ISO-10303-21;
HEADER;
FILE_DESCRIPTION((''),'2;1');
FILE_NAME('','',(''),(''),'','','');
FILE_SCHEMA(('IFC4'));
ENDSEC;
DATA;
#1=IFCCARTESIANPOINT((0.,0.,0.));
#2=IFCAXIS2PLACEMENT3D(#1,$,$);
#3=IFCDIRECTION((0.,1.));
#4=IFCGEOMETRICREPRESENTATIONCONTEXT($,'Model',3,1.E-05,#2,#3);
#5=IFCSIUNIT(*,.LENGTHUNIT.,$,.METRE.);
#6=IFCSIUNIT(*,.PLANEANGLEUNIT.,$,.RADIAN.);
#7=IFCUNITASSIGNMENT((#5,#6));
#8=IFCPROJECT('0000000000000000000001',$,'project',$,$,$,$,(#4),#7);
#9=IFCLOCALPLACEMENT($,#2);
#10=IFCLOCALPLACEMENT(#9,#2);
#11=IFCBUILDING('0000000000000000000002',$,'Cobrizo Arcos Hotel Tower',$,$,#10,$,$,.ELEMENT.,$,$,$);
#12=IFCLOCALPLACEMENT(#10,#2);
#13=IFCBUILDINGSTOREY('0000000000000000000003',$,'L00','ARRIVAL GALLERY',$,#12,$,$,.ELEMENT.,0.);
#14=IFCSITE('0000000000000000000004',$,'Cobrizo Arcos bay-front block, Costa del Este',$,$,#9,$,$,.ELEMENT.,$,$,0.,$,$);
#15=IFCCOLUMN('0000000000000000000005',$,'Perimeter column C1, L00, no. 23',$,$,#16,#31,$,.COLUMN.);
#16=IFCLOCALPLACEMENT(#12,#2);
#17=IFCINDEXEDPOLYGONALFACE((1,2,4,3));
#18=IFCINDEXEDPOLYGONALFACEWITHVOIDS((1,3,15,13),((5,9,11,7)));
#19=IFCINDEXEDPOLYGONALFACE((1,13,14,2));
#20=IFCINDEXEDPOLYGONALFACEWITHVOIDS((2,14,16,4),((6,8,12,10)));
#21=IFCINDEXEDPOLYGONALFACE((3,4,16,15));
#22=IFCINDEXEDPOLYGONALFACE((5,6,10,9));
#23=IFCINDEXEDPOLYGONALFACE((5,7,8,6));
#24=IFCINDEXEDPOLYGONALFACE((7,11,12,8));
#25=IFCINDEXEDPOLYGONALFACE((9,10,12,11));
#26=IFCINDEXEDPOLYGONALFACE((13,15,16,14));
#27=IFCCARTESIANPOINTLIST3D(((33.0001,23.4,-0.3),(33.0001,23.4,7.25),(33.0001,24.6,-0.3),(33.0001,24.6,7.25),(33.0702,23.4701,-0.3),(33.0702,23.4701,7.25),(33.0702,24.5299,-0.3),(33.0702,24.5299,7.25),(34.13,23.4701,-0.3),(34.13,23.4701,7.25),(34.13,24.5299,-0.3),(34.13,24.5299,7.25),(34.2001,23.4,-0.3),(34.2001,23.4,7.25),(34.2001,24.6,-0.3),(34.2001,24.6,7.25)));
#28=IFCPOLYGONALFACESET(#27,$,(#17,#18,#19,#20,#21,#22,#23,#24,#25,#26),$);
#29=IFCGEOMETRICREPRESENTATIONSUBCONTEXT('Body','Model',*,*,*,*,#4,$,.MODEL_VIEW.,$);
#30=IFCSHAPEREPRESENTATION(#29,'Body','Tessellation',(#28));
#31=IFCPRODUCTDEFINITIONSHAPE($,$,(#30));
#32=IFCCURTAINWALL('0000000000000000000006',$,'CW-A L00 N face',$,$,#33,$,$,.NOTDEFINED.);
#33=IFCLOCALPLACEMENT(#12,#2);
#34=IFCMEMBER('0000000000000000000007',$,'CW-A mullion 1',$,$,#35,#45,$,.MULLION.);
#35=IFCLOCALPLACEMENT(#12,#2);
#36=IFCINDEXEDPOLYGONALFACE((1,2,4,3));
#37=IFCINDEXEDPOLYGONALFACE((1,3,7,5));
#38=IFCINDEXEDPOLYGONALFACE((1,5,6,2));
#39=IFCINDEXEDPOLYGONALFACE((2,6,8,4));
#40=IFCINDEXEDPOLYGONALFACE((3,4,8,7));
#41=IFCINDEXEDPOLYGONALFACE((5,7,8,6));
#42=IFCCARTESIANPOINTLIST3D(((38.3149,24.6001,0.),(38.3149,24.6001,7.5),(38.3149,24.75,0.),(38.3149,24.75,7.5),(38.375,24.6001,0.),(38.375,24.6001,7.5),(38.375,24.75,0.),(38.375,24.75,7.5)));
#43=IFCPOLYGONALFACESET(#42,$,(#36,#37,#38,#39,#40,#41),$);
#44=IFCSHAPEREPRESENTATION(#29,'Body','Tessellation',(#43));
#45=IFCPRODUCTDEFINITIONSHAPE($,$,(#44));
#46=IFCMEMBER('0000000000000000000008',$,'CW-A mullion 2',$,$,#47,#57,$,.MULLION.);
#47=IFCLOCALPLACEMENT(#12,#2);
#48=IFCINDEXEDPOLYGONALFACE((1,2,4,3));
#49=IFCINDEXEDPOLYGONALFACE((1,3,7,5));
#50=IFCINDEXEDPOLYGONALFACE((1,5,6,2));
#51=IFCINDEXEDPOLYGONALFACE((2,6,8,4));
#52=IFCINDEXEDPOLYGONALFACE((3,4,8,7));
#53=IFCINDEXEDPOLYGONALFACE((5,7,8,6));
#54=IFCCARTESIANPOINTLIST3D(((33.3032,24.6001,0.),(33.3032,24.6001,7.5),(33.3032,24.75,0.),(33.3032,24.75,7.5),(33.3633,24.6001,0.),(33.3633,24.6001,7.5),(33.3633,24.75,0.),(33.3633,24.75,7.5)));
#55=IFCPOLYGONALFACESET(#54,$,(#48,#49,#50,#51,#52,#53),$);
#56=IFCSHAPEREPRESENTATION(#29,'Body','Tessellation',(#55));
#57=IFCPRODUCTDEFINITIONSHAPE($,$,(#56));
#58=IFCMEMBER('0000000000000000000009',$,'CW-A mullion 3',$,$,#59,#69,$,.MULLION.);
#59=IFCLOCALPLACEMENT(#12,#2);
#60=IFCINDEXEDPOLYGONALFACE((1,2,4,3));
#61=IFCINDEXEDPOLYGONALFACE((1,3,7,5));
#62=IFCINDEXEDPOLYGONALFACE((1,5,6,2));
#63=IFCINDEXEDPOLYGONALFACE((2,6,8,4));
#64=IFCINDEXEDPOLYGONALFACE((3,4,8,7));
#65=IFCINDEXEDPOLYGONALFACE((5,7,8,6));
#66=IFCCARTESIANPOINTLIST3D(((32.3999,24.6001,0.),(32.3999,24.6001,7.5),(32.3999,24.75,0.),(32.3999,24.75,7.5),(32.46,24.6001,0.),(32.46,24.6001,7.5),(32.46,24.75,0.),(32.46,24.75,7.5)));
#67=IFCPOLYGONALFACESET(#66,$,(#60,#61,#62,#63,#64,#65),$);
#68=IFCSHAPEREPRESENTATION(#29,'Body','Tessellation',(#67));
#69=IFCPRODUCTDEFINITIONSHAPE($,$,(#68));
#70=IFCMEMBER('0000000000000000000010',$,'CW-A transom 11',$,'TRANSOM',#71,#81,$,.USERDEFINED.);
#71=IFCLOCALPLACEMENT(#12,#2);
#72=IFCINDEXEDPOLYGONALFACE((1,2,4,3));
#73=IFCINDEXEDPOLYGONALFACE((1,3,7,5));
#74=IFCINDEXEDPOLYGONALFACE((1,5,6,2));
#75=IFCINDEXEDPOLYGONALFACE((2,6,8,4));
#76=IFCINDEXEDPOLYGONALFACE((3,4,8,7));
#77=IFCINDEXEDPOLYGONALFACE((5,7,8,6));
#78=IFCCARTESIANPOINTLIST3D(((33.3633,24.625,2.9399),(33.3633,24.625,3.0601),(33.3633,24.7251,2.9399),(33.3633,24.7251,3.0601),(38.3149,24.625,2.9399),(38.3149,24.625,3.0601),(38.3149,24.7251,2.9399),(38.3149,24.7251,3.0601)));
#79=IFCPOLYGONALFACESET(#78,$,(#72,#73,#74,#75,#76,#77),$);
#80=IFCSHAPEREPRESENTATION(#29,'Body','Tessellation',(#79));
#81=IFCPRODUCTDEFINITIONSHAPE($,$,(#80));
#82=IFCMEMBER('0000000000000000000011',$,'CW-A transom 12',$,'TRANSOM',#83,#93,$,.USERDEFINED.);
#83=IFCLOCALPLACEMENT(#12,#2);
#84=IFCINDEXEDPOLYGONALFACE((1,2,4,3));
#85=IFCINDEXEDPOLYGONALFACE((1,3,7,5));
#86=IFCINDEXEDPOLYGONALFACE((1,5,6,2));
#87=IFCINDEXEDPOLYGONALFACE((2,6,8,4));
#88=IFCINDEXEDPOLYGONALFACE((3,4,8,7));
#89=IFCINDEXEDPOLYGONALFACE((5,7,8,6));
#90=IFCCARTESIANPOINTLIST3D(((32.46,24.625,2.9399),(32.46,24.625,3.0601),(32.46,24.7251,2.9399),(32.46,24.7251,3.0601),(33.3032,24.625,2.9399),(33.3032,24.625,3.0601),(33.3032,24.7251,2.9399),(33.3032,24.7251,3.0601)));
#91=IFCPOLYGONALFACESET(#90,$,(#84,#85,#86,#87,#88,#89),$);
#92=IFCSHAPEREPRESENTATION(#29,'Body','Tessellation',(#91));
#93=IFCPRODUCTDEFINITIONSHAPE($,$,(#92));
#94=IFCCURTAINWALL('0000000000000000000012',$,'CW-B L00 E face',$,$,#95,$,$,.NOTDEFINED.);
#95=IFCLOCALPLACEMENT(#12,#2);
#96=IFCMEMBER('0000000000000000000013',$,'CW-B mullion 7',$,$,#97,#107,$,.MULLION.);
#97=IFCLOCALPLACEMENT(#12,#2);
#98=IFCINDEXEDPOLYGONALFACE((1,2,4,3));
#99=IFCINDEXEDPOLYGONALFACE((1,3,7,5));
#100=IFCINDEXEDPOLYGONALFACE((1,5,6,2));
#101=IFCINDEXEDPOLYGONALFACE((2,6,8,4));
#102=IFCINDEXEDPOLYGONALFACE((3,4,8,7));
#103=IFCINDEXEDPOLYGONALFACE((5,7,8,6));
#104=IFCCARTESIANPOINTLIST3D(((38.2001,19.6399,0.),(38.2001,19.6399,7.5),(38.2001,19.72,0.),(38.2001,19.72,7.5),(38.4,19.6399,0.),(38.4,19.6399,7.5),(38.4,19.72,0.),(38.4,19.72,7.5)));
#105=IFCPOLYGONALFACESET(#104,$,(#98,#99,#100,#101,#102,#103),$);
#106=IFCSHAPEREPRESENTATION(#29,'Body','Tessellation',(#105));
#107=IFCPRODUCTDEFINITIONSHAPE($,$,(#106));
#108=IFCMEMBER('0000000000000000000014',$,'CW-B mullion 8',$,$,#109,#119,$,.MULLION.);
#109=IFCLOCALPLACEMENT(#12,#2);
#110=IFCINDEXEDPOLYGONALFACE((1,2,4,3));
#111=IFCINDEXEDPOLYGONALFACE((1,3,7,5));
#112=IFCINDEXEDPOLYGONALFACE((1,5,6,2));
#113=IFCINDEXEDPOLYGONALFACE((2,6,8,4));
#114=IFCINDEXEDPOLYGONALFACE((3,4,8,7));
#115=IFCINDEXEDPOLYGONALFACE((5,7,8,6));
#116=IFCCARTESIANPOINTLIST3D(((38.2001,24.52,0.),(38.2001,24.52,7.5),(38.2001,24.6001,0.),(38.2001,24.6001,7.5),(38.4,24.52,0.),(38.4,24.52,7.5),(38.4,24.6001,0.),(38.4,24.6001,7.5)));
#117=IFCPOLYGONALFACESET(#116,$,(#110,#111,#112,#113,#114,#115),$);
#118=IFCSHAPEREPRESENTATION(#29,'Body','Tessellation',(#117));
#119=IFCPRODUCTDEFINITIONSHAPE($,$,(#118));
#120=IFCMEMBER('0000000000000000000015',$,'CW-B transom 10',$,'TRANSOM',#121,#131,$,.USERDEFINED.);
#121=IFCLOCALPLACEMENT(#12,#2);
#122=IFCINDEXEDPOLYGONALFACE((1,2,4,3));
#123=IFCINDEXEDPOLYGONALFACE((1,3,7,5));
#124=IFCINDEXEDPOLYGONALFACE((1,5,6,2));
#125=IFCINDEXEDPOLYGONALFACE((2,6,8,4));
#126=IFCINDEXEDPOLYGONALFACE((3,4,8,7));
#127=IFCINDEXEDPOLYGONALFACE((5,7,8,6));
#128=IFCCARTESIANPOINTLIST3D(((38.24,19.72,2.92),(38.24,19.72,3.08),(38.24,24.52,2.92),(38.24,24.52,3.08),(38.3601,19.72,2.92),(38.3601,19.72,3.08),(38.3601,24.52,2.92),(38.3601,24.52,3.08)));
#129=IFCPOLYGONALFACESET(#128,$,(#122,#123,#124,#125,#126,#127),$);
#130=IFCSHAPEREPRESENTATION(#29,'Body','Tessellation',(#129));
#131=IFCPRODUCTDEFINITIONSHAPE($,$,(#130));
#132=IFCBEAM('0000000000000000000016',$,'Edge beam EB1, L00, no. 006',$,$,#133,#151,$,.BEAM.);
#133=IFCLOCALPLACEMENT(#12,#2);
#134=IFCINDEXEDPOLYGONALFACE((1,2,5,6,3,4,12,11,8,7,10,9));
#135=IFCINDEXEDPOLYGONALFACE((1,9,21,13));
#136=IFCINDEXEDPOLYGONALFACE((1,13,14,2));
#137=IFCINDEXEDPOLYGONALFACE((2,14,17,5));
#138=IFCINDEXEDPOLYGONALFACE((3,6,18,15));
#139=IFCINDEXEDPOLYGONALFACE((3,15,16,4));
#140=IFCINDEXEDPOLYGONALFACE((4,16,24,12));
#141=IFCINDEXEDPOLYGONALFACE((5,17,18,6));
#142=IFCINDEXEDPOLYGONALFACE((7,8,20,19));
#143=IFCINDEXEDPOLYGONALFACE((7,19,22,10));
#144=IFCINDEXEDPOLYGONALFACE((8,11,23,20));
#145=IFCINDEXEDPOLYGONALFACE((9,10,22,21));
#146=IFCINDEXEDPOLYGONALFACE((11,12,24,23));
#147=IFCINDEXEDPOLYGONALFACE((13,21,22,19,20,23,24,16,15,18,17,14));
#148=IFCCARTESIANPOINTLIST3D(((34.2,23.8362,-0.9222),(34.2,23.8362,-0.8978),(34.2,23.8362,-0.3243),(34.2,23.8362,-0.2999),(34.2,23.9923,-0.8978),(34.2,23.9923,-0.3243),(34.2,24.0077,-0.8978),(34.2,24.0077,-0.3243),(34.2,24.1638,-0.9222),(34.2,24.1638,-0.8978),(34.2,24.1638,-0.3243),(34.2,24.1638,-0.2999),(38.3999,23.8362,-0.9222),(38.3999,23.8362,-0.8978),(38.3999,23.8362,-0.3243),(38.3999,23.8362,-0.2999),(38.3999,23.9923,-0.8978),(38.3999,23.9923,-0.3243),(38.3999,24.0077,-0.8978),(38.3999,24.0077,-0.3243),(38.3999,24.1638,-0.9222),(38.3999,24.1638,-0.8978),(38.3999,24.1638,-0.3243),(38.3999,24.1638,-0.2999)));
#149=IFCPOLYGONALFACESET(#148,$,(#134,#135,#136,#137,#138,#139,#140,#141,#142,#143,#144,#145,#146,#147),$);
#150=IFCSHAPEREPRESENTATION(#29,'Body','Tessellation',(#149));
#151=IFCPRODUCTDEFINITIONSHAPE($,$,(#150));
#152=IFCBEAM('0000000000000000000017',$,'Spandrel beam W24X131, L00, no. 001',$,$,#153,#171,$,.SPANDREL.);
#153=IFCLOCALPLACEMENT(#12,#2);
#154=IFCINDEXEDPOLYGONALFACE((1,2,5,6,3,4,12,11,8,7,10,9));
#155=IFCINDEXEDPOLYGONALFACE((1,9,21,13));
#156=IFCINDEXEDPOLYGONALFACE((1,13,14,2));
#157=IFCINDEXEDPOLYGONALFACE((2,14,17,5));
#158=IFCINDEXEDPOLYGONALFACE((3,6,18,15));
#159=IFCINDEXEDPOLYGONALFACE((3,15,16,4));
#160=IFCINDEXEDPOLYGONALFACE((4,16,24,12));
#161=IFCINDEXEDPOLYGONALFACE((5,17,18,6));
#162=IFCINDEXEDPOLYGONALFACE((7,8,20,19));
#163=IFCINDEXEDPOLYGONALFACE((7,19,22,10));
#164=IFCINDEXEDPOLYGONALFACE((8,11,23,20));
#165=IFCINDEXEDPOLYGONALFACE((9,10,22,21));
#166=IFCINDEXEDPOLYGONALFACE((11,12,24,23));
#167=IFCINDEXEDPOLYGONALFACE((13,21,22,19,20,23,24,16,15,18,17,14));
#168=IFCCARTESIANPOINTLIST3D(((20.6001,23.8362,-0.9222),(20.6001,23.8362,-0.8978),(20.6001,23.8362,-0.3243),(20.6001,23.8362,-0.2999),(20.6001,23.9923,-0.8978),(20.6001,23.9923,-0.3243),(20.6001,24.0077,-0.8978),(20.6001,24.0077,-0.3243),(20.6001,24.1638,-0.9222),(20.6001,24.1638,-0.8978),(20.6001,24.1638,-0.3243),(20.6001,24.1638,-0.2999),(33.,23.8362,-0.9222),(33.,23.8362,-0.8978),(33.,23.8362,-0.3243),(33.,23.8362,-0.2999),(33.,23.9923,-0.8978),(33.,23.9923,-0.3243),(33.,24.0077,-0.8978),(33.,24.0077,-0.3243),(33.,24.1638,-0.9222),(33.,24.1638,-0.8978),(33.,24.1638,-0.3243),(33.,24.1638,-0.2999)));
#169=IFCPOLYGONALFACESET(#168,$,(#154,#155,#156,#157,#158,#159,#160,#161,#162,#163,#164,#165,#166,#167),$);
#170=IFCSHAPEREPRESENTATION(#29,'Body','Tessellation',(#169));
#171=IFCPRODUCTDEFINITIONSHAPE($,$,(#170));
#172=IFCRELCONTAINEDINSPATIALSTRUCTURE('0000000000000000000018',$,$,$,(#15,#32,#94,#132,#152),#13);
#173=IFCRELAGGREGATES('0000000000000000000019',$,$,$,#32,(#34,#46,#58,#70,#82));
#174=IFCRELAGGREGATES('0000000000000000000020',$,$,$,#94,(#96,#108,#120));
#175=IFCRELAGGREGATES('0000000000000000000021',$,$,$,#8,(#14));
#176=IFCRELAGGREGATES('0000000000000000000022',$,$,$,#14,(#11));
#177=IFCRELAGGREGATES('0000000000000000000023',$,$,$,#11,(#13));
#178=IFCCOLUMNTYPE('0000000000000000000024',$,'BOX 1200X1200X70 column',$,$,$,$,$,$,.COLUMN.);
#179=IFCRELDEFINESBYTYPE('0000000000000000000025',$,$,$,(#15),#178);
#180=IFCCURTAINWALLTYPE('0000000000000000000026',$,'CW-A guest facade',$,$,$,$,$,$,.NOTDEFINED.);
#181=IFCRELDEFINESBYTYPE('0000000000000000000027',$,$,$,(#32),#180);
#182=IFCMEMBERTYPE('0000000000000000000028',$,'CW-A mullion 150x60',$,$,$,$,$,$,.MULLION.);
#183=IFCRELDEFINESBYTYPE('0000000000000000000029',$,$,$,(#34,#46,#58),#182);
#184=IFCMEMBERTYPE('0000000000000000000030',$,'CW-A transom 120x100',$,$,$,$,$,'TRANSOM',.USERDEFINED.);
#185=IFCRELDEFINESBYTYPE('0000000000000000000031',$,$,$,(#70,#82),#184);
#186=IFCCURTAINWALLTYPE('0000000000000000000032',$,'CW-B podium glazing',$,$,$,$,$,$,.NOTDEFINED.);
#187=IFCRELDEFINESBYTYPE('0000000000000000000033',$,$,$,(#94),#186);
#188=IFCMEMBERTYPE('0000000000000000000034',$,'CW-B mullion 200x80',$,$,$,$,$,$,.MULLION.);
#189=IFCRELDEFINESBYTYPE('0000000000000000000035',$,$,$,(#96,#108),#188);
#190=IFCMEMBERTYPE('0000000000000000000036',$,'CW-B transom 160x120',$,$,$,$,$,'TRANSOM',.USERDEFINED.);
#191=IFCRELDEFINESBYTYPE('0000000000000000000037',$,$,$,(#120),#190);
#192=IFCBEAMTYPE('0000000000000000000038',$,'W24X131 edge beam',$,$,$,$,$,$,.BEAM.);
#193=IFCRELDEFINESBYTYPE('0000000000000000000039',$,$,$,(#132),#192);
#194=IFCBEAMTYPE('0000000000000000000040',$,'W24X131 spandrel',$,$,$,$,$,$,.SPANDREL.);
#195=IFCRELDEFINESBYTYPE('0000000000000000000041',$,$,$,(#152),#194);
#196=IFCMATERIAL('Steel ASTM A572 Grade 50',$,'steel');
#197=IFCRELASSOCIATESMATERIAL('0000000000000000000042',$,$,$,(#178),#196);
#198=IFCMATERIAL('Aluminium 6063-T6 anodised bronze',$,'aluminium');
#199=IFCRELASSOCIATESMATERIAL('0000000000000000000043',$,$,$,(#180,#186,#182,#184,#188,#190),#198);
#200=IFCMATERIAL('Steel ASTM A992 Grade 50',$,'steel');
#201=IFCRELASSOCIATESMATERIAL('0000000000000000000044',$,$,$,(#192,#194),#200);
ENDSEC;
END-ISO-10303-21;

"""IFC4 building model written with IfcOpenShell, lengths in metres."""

from ifc_helpers import new_model, si_unit, direction, frame, origin, origin_2d, place, context, subcontext, project, spatial, rectangle, hollow_rectangle, i_section, extrude, material, material_profile, profile_set, type_object, element, aggregate, save


model = new_model("IFC4")

# Units and contexts
model_context = context("Model", 3, precision=1e-05, world=origin(), true_north=direction((0.0, 1.0)))
body_context = subcontext(model_context, "Body", "Model", "MODEL_VIEW")
ifc_project = project(units=[si_unit("LENGTHUNIT", "METRE"), si_unit("PLANEANGLEUNIT", "RADIAN")], contexts=[model_context])

# Site, building, storey
site_placement = place(None, origin())
site = spatial("IfcSite", under=ifc_project, at=site_placement, Name="Cobrizo Arcos bay-front block, Costa del Este", CompositionType="ELEMENT", RefElevation=0.0)
building_placement = place(site_placement, origin())
building = spatial("IfcBuilding", under=site, at=building_placement, Name="Cobrizo Arcos Hotel Tower", CompositionType="ELEMENT")
storey_placement = place(building_placement, origin())
storey = spatial("IfcBuildingStorey", under=building, at=storey_placement, Name="L00", Description="ARRIVAL GALLERY", CompositionType="ELEMENT", Elevation=0.0)

# Column
ifc_material_1 = material(Name="Steel ASTM A572 Grade 50", Category="steel")
ifc_material_profile_1 = material_profile(ifc_material_1, hollow_rectangle(XDim=1.2, YDim=1.2, WallThickness=0.0701, at=origin_2d()), Name="BOX 1200X1200X70")
ifc_profile_set_1 = profile_set([ifc_material_profile_1], Name="Steel ASTM A572 Grade 50")
column_type = type_object("IfcColumnType", Name="BOX 1200X1200X70 column", PredefinedType="COLUMN", material=ifc_profile_set_1)
column_placement = place(storey_placement, frame((33.6001, 24.0, -0.3), z_axis=(0.0, 0.0, 1.0), x_axis=(1.0, 0.0, 0.0)))
element("IfcColumn", 1, at=column_placement, inside=storey, type_object=column_type, Name="Perimeter column C1, L00, no. 23", PredefinedType="COLUMN", context=body_context, shape_type="SweptSolid", body=[
    extrude(hollow_rectangle(XDim=1.2, YDim=1.2, WallThickness=0.0701, at=origin_2d()), origin(), (0.0, 0.0, 1.0), 7.55),
])

# Curtain walls, members
ifc_material_2 = material(Name="Aluminium 6063-T6 anodised bronze", Category="aluminium")
curtain_wall_type_1 = type_object("IfcCurtainWallType", Name="CW-A guest facade", PredefinedType="NOTDEFINED", material=ifc_material_2)
curtain_wall_1_placement = place(storey_placement, origin())
curtain_wall_1 = element("IfcCurtainWall", 2, at=curtain_wall_1_placement, inside=storey, type_object=curtain_wall_type_1, Name="CW-A L00 N face", PredefinedType="NOTDEFINED")
ifc_material_profile_2 = material_profile(ifc_material_2, rectangle(XDim=0.1499, YDim=0.0601, at=origin_2d()), Name="CW-A mullion 150x60")
ifc_profile_set_2 = profile_set([ifc_material_profile_2], Name="Aluminium 6063-T6 anodised bronze")
member_type_1 = type_object("IfcMemberType", Name="CW-A mullion 150x60", PredefinedType="MULLION", material=ifc_profile_set_2)
member_1_placement = place(storey_placement, frame((38.345, 24.675, 0.0), z_axis=(0.0, 0.0, 1.0), x_axis=(0.0, 1.0, 0.0)))
member_1 = element("IfcMember", 3, at=member_1_placement, type_object=member_type_1, Name="CW-A mullion 1", PredefinedType="MULLION", context=body_context, shape_type="SweptSolid", body=[
    extrude(rectangle(XDim=0.1499, YDim=0.0601, at=origin_2d()), origin(), (0.0, 0.0, 1.0), 7.5),
])
member_2_placement = place(storey_placement, frame((33.3333, 24.675, 0.0), z_axis=(0.0, 0.0, 1.0), x_axis=(0.0, 1.0, 0.0)))
member_2 = element("IfcMember", 4, at=member_2_placement, type_object=member_type_1, Name="CW-A mullion 2", PredefinedType="MULLION", context=body_context, shape_type="SweptSolid", body=[
    extrude(rectangle(XDim=0.1499, YDim=0.0601, at=origin_2d()), origin(), (0.0, 0.0, 1.0), 7.5),
])
member_3_placement = place(storey_placement, frame((32.4299, 24.675, 0.0), z_axis=(0.0, 0.0, 1.0), x_axis=(0.0, 1.0, 0.0)))
member_3 = element("IfcMember", 5, at=member_3_placement, type_object=member_type_1, Name="CW-A mullion 3", PredefinedType="MULLION", context=body_context, shape_type="SweptSolid", body=[
    extrude(rectangle(XDim=0.1499, YDim=0.0601, at=origin_2d()), origin(), (0.0, 0.0, 1.0), 7.5),
])
ifc_material_profile_3 = material_profile(ifc_material_2, rectangle(XDim=0.1001, YDim=0.1201, at=origin_2d()), Name="CW-A transom 120x100")
ifc_profile_set_3 = profile_set([ifc_material_profile_3], Name="Aluminium 6063-T6 anodised bronze")
member_type_2 = type_object("IfcMemberType", Name="CW-A transom 120x100", ElementType="TRANSOM", PredefinedType="USERDEFINED", material=ifc_profile_set_3)
member_4_placement = place(storey_placement, frame((38.3149, 24.675, 3.0), z_axis=(-1.0, 0.0, 0.0), x_axis=(0.0, -1.0, 0.0)))
member_4 = element("IfcMember", 6, at=member_4_placement, type_object=member_type_2, Name="CW-A transom 11", ObjectType="TRANSOM", PredefinedType="USERDEFINED", context=body_context, shape_type="SweptSolid", body=[
    extrude(rectangle(XDim=0.1001, YDim=0.1201, at=origin_2d()), origin(), (0.0, 0.0, 1.0), 4.9517),
])
member_5_placement = place(storey_placement, frame((33.3032, 24.675, 3.0), z_axis=(-1.0, 0.0, 0.0), x_axis=(0.0, -1.0, 0.0)))
member_5 = element("IfcMember", 7, at=member_5_placement, type_object=member_type_2, Name="CW-A transom 12", ObjectType="TRANSOM", PredefinedType="USERDEFINED", context=body_context, shape_type="SweptSolid", body=[
    extrude(rectangle(XDim=0.1001, YDim=0.1201, at=origin_2d()), origin(), (0.0, 0.0, 1.0), 0.8433),
])
curtain_wall_type_2 = type_object("IfcCurtainWallType", Name="CW-B podium glazing", PredefinedType="NOTDEFINED", material=ifc_material_2)
curtain_wall_2_placement = place(storey_placement, origin())
curtain_wall_2 = element("IfcCurtainWall", 8, at=curtain_wall_2_placement, inside=storey, type_object=curtain_wall_type_2, Name="CW-B L00 E face", PredefinedType="NOTDEFINED")
ifc_material_profile_4 = material_profile(ifc_material_2, rectangle(XDim=0.2, YDim=0.0801, at=origin_2d()), Name="CW-B mullion 200x80")
ifc_profile_set_4 = profile_set([ifc_material_profile_4], Name="Aluminium 6063-T6 anodised bronze")
member_type_3 = type_object("IfcMemberType", Name="CW-B mullion 200x80", PredefinedType="MULLION", material=ifc_profile_set_4)
member_6_placement = place(storey_placement, frame((38.3, 19.6799, 0.0), z_axis=(0.0, 0.0, 1.0), x_axis=(1.0, 0.0, 0.0)))
member_6 = element("IfcMember", 9, at=member_6_placement, type_object=member_type_3, Name="CW-B mullion 7", PredefinedType="MULLION", context=body_context, shape_type="SweptSolid", body=[
    extrude(rectangle(XDim=0.2, YDim=0.0801, at=origin_2d()), origin(), (0.0, 0.0, 1.0), 7.5),
])
member_7_placement = place(storey_placement, frame((38.3, 24.5601, 0.0), z_axis=(0.0, 0.0, 1.0), x_axis=(1.0, 0.0, 0.0)))
member_7 = element("IfcMember", 10, at=member_7_placement, type_object=member_type_3, Name="CW-B mullion 8", PredefinedType="MULLION", context=body_context, shape_type="SweptSolid", body=[
    extrude(rectangle(XDim=0.2, YDim=0.0801, at=origin_2d()), origin(), (0.0, 0.0, 1.0), 7.5),
])
ifc_material_profile_5 = material_profile(ifc_material_2, rectangle(XDim=0.1201, YDim=0.1599, at=origin_2d()), Name="CW-B transom 160x120")
ifc_profile_set_5 = profile_set([ifc_material_profile_5], Name="Aluminium 6063-T6 anodised bronze")
member_type_4 = type_object("IfcMemberType", Name="CW-B transom 160x120", ElementType="TRANSOM", PredefinedType="USERDEFINED", material=ifc_profile_set_5)
member_8_placement = place(storey_placement, frame((38.3, 19.72, 3.0), z_axis=(0.0, 1.0, 0.0), x_axis=(-1.0, 0.0, 0.0)))
member_8 = element("IfcMember", 11, at=member_8_placement, type_object=member_type_4, Name="CW-B transom 10", ObjectType="TRANSOM", PredefinedType="USERDEFINED", context=body_context, shape_type="SweptSolid", body=[
    extrude(rectangle(XDim=0.1201, YDim=0.1599, at=origin_2d()), origin(), (0.0, 0.0, 1.0), 4.8),
])

# Beams
ifc_material_3 = material(Name="Steel ASTM A992 Grade 50", Category="steel")
ifc_material_profile_6 = material_profile(ifc_material_3, i_section(OverallWidth=0.3276, OverallDepth=0.6223, WebThickness=0.0154, FlangeThickness=0.0244, at=origin_2d()), Name="W24X131")
ifc_profile_set_6 = profile_set([ifc_material_profile_6], Name="Steel ASTM A992 Grade 50")
beam_type_1 = type_object("IfcBeamType", Name="W24X131 edge beam", PredefinedType="BEAM", material=ifc_profile_set_6)
beam_1_placement = place(storey_placement, frame((38.3999, 24.0, -0.6111), z_axis=(-1.0, 0.0, 0.0), x_axis=(0.0, -1.0, 0.0)))
element("IfcBeam", 12, at=beam_1_placement, inside=storey, type_object=beam_type_1, Name="Edge beam EB1, L00, no. 006", PredefinedType="BEAM", context=body_context, shape_type="SweptSolid", body=[
    extrude(i_section(OverallWidth=0.3276, OverallDepth=0.6223, WebThickness=0.0154, FlangeThickness=0.0244, at=origin_2d()), origin(), (0.0, 0.0, 1.0), 4.2),
])
ifc_material_profile_7 = material_profile(ifc_material_3, i_section(OverallWidth=0.3276, OverallDepth=0.6223, WebThickness=0.0154, FlangeThickness=0.0244, at=origin_2d()), Name="W24X131")
ifc_profile_set_7 = profile_set([ifc_material_profile_7], Name="Steel ASTM A992 Grade 50")
beam_type_2 = type_object("IfcBeamType", Name="W24X131 spandrel", PredefinedType="SPANDREL", material=ifc_profile_set_7)
beam_2_placement = place(storey_placement, frame((33.0, 24.0, -0.6111), z_axis=(-1.0, 0.0, 0.0), x_axis=(0.0, -1.0, 0.0)))
element("IfcBeam", 13, at=beam_2_placement, inside=storey, type_object=beam_type_2, Name="Spandrel beam W24X131, L00, no. 001", PredefinedType="SPANDREL", context=body_context, shape_type="SweptSolid", body=[
    extrude(i_section(OverallWidth=0.3276, OverallDepth=0.6223, WebThickness=0.0154, FlangeThickness=0.0244, at=origin_2d()), origin(), (0.0, 0.0, 1.0), 12.3999),
])

aggregate(curtain_wall_1, [member_1, member_2, member_3, member_4, member_5])
aggregate(curtain_wall_2, [member_6, member_7, member_8])

save(model, "model.ifc")
